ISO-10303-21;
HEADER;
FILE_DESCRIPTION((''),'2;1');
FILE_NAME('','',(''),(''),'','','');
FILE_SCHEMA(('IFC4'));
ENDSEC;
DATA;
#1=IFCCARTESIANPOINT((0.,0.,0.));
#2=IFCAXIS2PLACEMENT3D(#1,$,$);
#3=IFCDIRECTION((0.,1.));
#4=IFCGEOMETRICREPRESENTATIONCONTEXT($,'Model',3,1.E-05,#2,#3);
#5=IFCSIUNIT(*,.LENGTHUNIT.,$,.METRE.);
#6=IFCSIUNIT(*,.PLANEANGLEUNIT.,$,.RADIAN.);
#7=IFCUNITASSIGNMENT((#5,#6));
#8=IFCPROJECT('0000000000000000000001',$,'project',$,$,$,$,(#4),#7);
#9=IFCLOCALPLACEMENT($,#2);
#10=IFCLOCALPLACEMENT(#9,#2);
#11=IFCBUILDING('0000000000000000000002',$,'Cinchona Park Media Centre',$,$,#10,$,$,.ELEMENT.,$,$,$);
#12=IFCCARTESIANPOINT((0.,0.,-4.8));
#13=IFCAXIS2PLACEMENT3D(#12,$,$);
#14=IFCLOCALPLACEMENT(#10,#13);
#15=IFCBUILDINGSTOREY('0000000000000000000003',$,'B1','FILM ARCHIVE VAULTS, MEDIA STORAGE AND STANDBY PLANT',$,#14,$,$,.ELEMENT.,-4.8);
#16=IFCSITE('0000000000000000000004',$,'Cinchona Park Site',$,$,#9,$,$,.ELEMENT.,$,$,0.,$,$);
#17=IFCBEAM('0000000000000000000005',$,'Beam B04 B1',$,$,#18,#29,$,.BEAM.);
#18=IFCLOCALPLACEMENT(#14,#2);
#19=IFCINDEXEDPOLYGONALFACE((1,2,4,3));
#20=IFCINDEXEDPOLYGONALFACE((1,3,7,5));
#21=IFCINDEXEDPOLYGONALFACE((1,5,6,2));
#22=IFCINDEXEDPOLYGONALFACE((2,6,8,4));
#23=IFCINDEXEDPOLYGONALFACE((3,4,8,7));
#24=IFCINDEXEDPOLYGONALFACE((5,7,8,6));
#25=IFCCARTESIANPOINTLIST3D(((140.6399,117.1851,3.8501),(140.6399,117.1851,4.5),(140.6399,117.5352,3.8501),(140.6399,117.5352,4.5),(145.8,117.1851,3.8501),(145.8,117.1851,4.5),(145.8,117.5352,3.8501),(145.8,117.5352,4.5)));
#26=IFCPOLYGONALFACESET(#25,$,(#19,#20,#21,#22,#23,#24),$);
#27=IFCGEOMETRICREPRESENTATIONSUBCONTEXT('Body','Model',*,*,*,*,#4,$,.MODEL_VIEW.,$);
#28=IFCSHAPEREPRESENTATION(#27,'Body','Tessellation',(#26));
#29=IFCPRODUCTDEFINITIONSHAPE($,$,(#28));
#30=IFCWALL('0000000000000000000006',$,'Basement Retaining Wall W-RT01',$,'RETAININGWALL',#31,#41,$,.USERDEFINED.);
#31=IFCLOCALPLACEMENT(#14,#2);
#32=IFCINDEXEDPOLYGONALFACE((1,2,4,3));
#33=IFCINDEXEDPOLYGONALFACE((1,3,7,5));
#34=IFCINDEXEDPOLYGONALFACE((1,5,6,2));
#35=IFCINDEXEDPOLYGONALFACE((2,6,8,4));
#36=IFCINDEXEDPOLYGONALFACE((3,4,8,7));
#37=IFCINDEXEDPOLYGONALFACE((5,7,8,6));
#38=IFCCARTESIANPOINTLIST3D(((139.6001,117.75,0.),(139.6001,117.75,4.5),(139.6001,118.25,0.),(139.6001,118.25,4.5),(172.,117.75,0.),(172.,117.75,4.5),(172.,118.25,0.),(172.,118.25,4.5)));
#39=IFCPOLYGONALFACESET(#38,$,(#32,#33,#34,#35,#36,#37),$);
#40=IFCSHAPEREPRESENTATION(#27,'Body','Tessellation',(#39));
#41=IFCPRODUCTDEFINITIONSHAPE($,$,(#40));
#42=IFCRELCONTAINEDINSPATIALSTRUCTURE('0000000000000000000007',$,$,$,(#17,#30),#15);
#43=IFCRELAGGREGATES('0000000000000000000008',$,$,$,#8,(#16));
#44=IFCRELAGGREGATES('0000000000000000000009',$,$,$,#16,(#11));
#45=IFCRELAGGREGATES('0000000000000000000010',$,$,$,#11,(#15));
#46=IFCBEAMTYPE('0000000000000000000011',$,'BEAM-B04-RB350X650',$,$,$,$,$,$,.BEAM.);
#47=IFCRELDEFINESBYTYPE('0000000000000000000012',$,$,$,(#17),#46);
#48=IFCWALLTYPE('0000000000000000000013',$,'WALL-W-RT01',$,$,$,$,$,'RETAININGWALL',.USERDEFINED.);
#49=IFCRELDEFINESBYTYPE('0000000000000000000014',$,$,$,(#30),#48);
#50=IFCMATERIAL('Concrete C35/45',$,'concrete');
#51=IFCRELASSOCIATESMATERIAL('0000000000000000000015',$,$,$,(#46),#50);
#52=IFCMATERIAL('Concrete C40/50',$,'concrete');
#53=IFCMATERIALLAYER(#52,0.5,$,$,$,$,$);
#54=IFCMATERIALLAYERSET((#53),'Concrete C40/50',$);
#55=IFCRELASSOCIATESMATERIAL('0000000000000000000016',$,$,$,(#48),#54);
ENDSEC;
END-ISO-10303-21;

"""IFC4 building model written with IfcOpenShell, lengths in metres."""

from ifc_helpers import new_model, si_unit, direction, frame, frame_2d, origin, origin_2d, place, context, subcontext, project, spatial, rectangle, extrude, material, layer, layer_set, material_profile, profile_set, type_object, element, save


model = new_model("IFC4")

# Units and contexts
model_context = context("Model", 3, precision=1e-05, world=origin(), true_north=direction((0.0, 1.0)))
body_context = subcontext(model_context, "Body", "Model", "MODEL_VIEW")
ifc_project = project(units=[si_unit("LENGTHUNIT", "METRE"), si_unit("PLANEANGLEUNIT", "RADIAN")], contexts=[model_context])

# Site, building, storey
site_placement = place(None, origin())
site = spatial("IfcSite", under=ifc_project, at=site_placement, Name="Cinchona Park Site", CompositionType="ELEMENT", RefElevation=0.0)
building_placement = place(site_placement, origin())
building = spatial("IfcBuilding", under=site, at=building_placement, Name="Cinchona Park Media Centre", CompositionType="ELEMENT")
storey_placement = place(building_placement, frame((0.0, 0.0, -4.8)))
storey = spatial("IfcBuildingStorey", under=building, at=storey_placement, Name="B1", Description="FILM ARCHIVE VAULTS, MEDIA STORAGE AND STANDBY PLANT", CompositionType="ELEMENT", Elevation=-4.8)

# Beam
ifc_material_1 = material(Name="Concrete C35/45", Category="concrete")
ifc_material_profile_1 = material_profile(ifc_material_1, rectangle(XDim=0.3501, YDim=0.6499, at=origin_2d()), Name="RB 350X650")
ifc_profile_set_1 = profile_set([ifc_material_profile_1], Name="Concrete C35/45")
beam_type_1 = type_object("IfcBeamType", Name="BEAM-B04-RB350X650", PredefinedType="BEAM", material=ifc_profile_set_1)
for number, where, z_axis, x_axis, name in (
    (1, (140.6399, 117.3601, 4.175), (1.0, 0.0, 0.0), (0.0, 1.0, 0.0), "Beam B04 B1"),
):
    element("IfcBeam", number, at=place(storey_placement, frame(where, z_axis=z_axis, x_axis=x_axis)), inside=storey, type_object=beam_type_1, Name=name, PredefinedType="BEAM", context=body_context, shape_type="SweptSolid", body=[
        extrude(rectangle(XDim=0.3501, YDim=0.6499, at=origin_2d()), origin(), (0.0, 0.0, 1.0), 5.1602),
    ])

# Wall
ifc_material_2 = material(Name="Concrete C40/50", Category="concrete")
ifc_layer_1 = layer(ifc_material_2, 0.5)
ifc_layer_set_1 = layer_set([ifc_layer_1], Name="Concrete C40/50")
wall_type = type_object("IfcWallType", Name="WALL-W-RT01", ElementType="RETAININGWALL", PredefinedType="USERDEFINED", material=ifc_layer_set_1)
wall_placement = place(storey_placement, frame((139.6001, 118.0, 0.0), z_axis=(0.0, 0.0, 1.0), x_axis=(1.0, 0.0, 0.0)))
element("IfcWall", 2, at=wall_placement, inside=storey, type_object=wall_type, Name="Basement Retaining Wall W-RT01", ObjectType="RETAININGWALL", PredefinedType="USERDEFINED", context=body_context, shape_type="SweptSolid", body=[
    extrude(rectangle(XDim=32.3999, YDim=0.5, at=frame_2d((16.2, 0.0))), origin(), (0.0, 0.0, 1.0), 4.5),
])

save(model, "model.ifc")
